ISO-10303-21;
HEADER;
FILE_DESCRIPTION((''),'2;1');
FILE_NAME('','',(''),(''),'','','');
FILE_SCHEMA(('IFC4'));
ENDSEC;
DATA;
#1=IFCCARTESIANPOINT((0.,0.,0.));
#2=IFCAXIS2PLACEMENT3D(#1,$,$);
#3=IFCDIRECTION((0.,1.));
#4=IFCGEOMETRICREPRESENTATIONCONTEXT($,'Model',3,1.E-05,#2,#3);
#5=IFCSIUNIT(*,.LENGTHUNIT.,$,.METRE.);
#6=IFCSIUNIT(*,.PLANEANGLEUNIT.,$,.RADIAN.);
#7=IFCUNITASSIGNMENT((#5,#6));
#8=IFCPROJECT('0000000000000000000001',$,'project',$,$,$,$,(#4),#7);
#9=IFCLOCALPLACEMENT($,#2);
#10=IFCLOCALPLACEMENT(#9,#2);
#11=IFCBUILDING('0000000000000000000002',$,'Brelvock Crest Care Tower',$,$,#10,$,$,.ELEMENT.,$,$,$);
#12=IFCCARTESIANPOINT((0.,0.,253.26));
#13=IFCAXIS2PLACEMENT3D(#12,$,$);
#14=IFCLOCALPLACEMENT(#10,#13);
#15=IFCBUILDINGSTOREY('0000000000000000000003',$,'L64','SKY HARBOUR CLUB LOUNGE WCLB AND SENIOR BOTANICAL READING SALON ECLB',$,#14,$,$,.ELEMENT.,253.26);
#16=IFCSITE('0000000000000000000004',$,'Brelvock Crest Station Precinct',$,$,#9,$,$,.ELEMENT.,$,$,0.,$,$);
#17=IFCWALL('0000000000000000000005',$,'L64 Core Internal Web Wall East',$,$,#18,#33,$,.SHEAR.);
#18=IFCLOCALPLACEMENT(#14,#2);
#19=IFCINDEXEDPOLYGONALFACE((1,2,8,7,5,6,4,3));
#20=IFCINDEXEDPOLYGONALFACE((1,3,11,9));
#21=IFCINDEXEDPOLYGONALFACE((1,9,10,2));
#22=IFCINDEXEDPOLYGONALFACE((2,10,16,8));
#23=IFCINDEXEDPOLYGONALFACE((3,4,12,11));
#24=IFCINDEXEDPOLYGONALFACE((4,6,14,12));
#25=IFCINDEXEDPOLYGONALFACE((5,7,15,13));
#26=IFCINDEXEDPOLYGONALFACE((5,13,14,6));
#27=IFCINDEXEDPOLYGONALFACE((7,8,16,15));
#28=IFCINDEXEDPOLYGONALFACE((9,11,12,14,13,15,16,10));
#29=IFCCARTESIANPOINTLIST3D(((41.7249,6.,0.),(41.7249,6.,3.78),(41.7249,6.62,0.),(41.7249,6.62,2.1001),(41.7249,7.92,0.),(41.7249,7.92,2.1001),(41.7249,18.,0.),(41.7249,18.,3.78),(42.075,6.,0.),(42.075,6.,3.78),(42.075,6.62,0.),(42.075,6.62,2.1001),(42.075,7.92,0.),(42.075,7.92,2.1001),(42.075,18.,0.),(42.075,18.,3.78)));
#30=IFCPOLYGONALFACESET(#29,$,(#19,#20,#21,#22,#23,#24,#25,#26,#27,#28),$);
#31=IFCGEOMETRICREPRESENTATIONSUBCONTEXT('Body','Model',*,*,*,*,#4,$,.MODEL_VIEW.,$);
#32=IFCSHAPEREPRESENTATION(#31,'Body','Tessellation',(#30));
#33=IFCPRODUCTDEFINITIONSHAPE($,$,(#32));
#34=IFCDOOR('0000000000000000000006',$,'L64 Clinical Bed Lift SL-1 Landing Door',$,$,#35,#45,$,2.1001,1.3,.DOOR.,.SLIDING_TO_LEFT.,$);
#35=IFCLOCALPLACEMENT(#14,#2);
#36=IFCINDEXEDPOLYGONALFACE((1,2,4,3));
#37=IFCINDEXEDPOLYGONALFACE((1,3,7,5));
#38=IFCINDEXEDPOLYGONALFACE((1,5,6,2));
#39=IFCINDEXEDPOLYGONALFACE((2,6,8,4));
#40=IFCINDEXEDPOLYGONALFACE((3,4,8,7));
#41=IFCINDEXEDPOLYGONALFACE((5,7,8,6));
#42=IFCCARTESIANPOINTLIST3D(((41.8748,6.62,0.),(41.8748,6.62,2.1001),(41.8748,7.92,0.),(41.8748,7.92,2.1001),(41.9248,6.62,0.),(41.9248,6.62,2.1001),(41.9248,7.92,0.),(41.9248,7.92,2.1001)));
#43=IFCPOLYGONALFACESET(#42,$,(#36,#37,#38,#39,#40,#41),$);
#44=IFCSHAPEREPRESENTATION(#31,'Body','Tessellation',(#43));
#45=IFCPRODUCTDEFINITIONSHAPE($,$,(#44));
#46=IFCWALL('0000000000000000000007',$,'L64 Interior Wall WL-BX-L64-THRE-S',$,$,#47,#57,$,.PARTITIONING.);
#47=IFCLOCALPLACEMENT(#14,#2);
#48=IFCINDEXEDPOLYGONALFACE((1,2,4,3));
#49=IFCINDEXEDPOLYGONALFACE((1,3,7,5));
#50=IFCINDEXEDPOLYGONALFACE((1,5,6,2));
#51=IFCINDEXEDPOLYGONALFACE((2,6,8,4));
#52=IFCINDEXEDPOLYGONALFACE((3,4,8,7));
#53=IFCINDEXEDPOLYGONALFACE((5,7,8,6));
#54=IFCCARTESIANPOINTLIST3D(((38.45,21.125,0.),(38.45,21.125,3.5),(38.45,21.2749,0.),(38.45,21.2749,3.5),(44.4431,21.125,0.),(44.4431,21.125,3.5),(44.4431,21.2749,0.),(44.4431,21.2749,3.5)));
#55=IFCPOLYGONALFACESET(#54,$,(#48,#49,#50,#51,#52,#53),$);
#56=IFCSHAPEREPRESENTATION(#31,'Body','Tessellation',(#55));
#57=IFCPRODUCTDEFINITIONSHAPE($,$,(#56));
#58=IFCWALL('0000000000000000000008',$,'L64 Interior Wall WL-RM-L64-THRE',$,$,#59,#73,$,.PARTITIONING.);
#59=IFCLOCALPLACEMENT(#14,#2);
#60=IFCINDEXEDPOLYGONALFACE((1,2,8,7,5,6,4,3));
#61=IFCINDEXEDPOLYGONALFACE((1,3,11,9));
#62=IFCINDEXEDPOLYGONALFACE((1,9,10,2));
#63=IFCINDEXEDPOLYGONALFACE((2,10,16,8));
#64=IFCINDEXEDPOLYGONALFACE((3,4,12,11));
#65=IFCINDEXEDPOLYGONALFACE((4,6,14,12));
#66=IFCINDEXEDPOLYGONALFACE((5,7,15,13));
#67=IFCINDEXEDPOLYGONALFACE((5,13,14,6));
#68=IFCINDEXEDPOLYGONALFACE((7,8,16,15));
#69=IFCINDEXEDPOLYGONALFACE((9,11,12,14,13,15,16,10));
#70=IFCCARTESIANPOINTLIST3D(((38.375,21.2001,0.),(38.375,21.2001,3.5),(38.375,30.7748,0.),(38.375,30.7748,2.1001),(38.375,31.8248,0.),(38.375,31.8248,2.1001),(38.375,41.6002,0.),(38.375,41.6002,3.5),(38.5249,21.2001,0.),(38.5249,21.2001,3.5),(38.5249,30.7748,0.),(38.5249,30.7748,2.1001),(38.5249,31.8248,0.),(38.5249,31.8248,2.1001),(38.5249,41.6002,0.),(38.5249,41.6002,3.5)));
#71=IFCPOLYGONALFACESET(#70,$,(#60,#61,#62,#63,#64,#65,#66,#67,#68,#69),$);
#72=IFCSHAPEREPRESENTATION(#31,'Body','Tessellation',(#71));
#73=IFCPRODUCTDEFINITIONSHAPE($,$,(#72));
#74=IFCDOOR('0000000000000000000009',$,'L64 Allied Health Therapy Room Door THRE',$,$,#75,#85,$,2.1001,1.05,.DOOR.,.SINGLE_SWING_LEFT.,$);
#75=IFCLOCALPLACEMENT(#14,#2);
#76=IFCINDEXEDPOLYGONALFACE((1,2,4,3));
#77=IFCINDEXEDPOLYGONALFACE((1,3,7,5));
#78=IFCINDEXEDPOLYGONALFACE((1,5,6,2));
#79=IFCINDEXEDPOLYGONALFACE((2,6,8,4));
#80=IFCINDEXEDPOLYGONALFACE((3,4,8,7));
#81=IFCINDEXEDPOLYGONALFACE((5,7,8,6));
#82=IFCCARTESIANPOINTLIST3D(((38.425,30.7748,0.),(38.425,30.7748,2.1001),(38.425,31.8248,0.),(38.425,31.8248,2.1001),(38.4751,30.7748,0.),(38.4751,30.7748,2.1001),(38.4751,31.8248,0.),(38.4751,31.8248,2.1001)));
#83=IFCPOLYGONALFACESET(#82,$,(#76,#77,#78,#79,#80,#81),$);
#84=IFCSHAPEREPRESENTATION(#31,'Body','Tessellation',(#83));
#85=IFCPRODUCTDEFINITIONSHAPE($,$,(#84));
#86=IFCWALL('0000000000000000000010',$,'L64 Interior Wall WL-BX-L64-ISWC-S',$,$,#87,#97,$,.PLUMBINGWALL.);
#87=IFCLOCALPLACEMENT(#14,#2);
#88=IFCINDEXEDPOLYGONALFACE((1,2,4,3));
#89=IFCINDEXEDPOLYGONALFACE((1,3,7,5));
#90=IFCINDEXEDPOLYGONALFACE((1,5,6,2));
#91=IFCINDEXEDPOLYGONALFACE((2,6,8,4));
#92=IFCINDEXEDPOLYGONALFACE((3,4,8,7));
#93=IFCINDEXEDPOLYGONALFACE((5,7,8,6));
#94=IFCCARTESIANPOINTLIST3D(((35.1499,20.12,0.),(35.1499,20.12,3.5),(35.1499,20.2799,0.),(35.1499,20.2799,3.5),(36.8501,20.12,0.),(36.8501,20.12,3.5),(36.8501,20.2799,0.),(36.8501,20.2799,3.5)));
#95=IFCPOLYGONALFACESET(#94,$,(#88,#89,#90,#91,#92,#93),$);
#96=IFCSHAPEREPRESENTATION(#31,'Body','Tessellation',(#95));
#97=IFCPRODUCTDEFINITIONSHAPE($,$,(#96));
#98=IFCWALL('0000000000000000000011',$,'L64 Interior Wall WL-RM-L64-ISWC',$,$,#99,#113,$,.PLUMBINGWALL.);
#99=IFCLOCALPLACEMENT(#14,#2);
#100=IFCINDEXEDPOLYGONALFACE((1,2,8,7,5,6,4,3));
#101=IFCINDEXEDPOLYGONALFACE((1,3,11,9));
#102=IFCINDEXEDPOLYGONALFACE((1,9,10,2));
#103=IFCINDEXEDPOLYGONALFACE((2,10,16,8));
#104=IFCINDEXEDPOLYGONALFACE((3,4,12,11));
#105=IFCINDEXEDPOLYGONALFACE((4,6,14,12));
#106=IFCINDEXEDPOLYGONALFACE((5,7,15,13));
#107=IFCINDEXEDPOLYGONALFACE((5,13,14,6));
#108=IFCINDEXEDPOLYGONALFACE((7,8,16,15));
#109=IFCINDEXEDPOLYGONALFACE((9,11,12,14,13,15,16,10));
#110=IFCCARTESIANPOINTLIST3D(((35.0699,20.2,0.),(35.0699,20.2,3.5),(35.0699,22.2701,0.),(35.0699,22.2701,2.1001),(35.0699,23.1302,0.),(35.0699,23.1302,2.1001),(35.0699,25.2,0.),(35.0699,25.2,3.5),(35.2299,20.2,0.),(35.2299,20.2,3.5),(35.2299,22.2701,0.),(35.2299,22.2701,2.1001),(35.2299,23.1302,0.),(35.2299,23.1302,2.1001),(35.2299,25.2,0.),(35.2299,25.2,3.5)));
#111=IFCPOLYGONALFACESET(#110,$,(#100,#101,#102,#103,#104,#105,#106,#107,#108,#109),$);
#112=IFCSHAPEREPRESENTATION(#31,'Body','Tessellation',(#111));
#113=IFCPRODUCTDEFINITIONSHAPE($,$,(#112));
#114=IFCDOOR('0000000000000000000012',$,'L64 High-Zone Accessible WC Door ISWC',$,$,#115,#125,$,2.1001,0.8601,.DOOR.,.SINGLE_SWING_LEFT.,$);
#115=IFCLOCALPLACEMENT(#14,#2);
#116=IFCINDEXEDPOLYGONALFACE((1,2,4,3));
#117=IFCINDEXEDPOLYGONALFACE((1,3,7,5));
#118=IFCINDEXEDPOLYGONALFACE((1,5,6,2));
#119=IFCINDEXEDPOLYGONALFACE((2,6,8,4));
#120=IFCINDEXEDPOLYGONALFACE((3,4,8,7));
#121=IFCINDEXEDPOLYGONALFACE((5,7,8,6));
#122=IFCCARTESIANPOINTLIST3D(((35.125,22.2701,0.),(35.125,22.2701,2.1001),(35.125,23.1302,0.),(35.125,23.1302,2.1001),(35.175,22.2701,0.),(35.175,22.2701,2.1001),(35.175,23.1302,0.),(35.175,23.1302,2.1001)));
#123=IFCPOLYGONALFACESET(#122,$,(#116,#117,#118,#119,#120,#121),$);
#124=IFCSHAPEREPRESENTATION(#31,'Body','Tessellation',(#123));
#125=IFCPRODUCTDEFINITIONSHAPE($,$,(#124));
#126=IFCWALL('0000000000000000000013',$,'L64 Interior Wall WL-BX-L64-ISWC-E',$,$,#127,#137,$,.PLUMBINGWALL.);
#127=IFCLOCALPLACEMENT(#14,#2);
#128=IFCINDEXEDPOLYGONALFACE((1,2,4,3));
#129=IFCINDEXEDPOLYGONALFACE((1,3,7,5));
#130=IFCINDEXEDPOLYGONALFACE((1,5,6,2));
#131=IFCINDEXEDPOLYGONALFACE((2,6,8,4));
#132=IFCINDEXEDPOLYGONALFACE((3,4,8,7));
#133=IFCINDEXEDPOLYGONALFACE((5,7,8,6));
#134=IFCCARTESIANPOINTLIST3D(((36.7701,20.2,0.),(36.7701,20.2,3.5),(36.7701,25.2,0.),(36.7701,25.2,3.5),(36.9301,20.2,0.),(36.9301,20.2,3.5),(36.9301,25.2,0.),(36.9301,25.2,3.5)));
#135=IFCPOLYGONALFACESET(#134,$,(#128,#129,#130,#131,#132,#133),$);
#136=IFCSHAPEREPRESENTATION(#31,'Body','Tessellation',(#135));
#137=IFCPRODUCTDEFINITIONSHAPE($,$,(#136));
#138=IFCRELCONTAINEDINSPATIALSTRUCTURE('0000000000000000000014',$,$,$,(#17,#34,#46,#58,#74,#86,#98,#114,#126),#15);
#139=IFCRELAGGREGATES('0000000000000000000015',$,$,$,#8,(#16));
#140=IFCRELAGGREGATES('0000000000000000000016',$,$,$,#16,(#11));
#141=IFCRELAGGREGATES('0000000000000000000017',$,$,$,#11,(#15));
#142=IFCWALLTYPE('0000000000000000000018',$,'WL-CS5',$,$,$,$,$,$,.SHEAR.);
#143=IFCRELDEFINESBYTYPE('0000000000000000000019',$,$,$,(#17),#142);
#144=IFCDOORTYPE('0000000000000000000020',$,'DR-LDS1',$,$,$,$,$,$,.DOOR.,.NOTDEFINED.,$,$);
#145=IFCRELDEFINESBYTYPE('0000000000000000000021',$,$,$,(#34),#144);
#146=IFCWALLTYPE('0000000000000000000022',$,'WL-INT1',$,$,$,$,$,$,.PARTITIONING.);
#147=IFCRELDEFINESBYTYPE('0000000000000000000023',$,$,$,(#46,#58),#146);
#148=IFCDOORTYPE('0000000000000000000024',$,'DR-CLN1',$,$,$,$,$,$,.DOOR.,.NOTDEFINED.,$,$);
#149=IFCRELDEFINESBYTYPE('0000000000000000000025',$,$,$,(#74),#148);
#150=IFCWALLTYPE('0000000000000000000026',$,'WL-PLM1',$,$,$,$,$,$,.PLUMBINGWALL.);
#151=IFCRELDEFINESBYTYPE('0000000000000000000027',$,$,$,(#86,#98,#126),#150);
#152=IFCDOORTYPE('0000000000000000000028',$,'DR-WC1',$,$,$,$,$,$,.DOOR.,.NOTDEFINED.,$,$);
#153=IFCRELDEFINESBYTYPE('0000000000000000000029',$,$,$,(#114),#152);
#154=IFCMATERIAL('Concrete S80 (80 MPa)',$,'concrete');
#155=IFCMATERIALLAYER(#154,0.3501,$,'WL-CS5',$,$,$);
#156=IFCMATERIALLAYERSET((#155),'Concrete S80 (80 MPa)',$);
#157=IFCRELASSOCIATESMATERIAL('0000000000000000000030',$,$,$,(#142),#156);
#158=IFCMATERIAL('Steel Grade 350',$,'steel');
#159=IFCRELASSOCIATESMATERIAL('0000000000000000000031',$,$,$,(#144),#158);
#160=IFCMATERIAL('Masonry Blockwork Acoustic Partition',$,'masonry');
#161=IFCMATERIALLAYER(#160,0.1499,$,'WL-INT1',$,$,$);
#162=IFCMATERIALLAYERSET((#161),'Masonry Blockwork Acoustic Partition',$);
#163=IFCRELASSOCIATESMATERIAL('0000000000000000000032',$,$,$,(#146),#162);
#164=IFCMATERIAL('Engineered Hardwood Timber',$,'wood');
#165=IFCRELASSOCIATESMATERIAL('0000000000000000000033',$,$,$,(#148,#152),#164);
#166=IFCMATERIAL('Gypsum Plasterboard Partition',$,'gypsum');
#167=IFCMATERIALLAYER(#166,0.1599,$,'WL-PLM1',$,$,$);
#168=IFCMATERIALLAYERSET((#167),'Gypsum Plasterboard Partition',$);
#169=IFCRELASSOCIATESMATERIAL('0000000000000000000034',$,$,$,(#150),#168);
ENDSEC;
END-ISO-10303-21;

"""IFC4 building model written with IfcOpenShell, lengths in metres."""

from ifc_helpers import new_model, si_unit, direction, frame, frame_2d, origin, origin_2d, place, context, subcontext, project, spatial, rectangle, extrude, source, transform, mapped, material, layer, layer_set, type_object, element, fill, save


model = new_model("IFC4")

# Units and contexts
model_context = context("Model", 3, precision=1e-05, world=origin(), true_north=direction((0.0, 1.0)))
body_context = subcontext(model_context, "Body", "Model", "MODEL_VIEW")
ifc_project = project(units=[si_unit("LENGTHUNIT", "METRE"), si_unit("PLANEANGLEUNIT", "RADIAN")], contexts=[model_context])

# Site, building, storey
site_placement = place(None, origin())
site = spatial("IfcSite", under=ifc_project, at=site_placement, Name="Brelvock Crest Station Precinct", CompositionType="ELEMENT", RefElevation=0.0)
building_placement = place(site_placement, origin())
building = spatial("IfcBuilding", under=site, at=building_placement, Name="Brelvock Crest Care Tower", CompositionType="ELEMENT")
storey_placement = place(building_placement, frame((0.0, 0.0, 253.26)))
storey = spatial("IfcBuildingStorey", under=building, at=storey_placement, Name="L64", Description="SKY HARBOUR CLUB LOUNGE WCLB AND SENIOR BOTANICAL READING SALON ECLB", CompositionType="ELEMENT", Elevation=253.26)

# Shared definitions
ifc_material_1 = material(Name="Steel Grade 350", Category="steel")

# Wall, opening, door
ifc_material_2 = material(Name="Concrete S80 (80 MPa)", Category="concrete")
ifc_layer_1 = layer(ifc_material_2, 0.3501, Name="WL-CS5")
ifc_layer_set_1 = layer_set([ifc_layer_1], Name="Concrete S80 (80 MPa)")
wall_type_1 = type_object("IfcWallType", Name="WL-CS5", PredefinedType="SHEAR", material=ifc_layer_set_1)
wall_1_placement = place(storey_placement, frame((41.8999, 18.0, 0.0), z_axis=(0.0, 0.0, 1.0), x_axis=(0.0, -1.0, 0.0)))
wall_1 = element("IfcWall", 1, at=wall_1_placement, inside=storey, type_object=wall_type_1, Name="L64 Core Internal Web Wall East", PredefinedType="SHEAR", context=body_context, shape_type="SweptSolid", body=[
    extrude(rectangle(XDim=12.0, YDim=0.3501, at=frame_2d((6.0, 0.0))), origin(), (0.0, 0.0, 1.0), 3.78),
])
opening_1_placement = place(wall_1_placement, frame((10.0801, 0.0, 0.0)))
opening_1 = element("IfcOpeningElement", 2, at=opening_1_placement, cuts=wall_1, PredefinedType="OPENING", context=body_context, shape_type="SweptSolid", body=[
    extrude(rectangle(XDim=1.3, YDim=2.1001, at=origin_2d()), frame((0.6499, 0.1851, 1.05), z_axis=(0.0, -1.0, 0.0), x_axis=(1.0, 0.0, 0.0)), (0.0, 0.0, 1.0), 0.3701),
])
door_type_1 = type_object("IfcDoorType", Name="DR-LDS1", OperationType="NOTDEFINED", PredefinedType="DOOR", material=ifc_material_1)
shared_shape_1 = source(origin(), body_context, "Body", "SweptSolid", [
    extrude(rectangle(XDim=1.3, YDim=2.1001, at=origin_2d()), frame((0.6499, 0.0249, 1.05), z_axis=(0.0, -1.0, 0.0), x_axis=(1.0, 0.0, 0.0)), (0.0, 0.0, 1.0), 0.05),
])
door_1_placement = place(opening_1_placement, origin())
door_1 = element("IfcDoor", 3, at=door_1_placement, inside=storey, type_object=door_type_1, Name="L64 Clinical Bed Lift SL-1 Landing Door", OperationType="SLIDING_TO_LEFT", OverallHeight=2.1001, OverallWidth=1.3, PredefinedType="DOOR", context=body_context, shape_type="MappedRepresentation", body=[
    mapped(shared_shape_1, transform((0.0, 0.0, 0.0), x_axis=(1.0, 0.0, 0.0), y_axis=(0.0, 1.0, 0.0), z_axis=(0.0, 0.0, 1.0), scale=1.0)),
])
fill(opening_1, door_1)

# Wall
ifc_material_3 = material(Name="Masonry Blockwork Acoustic Partition", Category="masonry")
ifc_layer_2 = layer(ifc_material_3, 0.1499, Name="WL-INT1")
ifc_layer_set_2 = layer_set([ifc_layer_2], Name="Masonry Blockwork Acoustic Partition")
wall_type_2 = type_object("IfcWallType", Name="WL-INT1", PredefinedType="PARTITIONING", material=ifc_layer_set_2)
wall_2_placement = place(storey_placement, frame((38.45, 21.2, 0.0), z_axis=(0.0, 0.0, 1.0), x_axis=(1.0, 0.0, 0.0)))
element("IfcWall", 4, at=wall_2_placement, inside=storey, type_object=wall_type_2, Name="L64 Interior Wall WL-BX-L64-THRE-S", PredefinedType="PARTITIONING", context=body_context, shape_type="SweptSolid", body=[
    extrude(rectangle(XDim=5.9932, YDim=0.1499, at=frame_2d((2.9966, 0.0))), origin(), (0.0, 0.0, 1.0), 3.5),
])

# Wall, opening, door
wall_3_placement = place(storey_placement, frame((38.45, 21.2, 0.0), z_axis=(0.0, 0.0, 1.0), x_axis=(0.0, 1.0, 0.0)))
wall_3 = element("IfcWall", 5, at=wall_3_placement, inside=storey, type_object=wall_type_2, Name="L64 Interior Wall WL-RM-L64-THRE", PredefinedType="PARTITIONING", context=body_context, shape_type="SweptSolid", body=[
    extrude(rectangle(XDim=20.4001, YDim=0.1499, at=frame_2d((10.2002, 0.0))), origin(), (0.0, 0.0, 1.0), 3.5),
])
opening_2_placement = place(wall_3_placement, frame((9.575, 0.0, 0.0)))
opening_2 = element("IfcOpeningElement", 6, at=opening_2_placement, cuts=wall_3, PredefinedType="OPENING", context=body_context, shape_type="SweptSolid", body=[
    extrude(rectangle(XDim=1.05, YDim=2.1001, at=origin_2d()), frame((0.5249, 0.085, 1.05), z_axis=(0.0, -1.0, 0.0), x_axis=(1.0, 0.0, 0.0)), (0.0, 0.0, 1.0), 0.1699),
])
ifc_material_4 = material(Name="Engineered Hardwood Timber", Category="wood")
door_type_2 = type_object("IfcDoorType", Name="DR-CLN1", OperationType="NOTDEFINED", PredefinedType="DOOR", material=ifc_material_4)
shared_shape_2 = source(origin(), body_context, "Body", "SweptSolid", [
    extrude(rectangle(XDim=1.05, YDim=2.1001, at=origin_2d()), frame((0.5249, 0.0249, 1.05), z_axis=(0.0, -1.0, 0.0), x_axis=(1.0, 0.0, 0.0)), (0.0, 0.0, 1.0), 0.05),
])
door_2_placement = place(opening_2_placement, origin())
door_2 = element("IfcDoor", 7, at=door_2_placement, inside=storey, type_object=door_type_2, Name="L64 Allied Health Therapy Room Door THRE", OperationType="SINGLE_SWING_LEFT", OverallHeight=2.1001, OverallWidth=1.05, PredefinedType="DOOR", context=body_context, shape_type="MappedRepresentation", body=[
    mapped(shared_shape_2, transform((0.0, 0.0, 0.0), x_axis=(1.0, 0.0, 0.0), y_axis=(0.0, 1.0, 0.0), z_axis=(0.0, 0.0, 1.0), scale=1.0)),
])
fill(opening_2, door_2)

# Wall
ifc_material_5 = material(Name="Gypsum Plasterboard Partition", Category="gypsum")
ifc_layer_3 = layer(ifc_material_5, 0.1599, Name="WL-PLM1")
ifc_layer_set_3 = layer_set([ifc_layer_3], Name="Gypsum Plasterboard Partition")
wall_type_3 = type_object("IfcWallType", Name="WL-PLM1", PredefinedType="PLUMBINGWALL", material=ifc_layer_set_3)
wall_4_placement = place(storey_placement, frame((35.1499, 20.2, 0.0), z_axis=(0.0, 0.0, 1.0), x_axis=(1.0, 0.0, 0.0)))
element("IfcWall", 8, at=wall_4_placement, inside=storey, type_object=wall_type_3, Name="L64 Interior Wall WL-BX-L64-ISWC-S", PredefinedType="PLUMBINGWALL", context=body_context, shape_type="SweptSolid", body=[
    extrude(rectangle(XDim=1.7002, YDim=0.1599, at=frame_2d((0.8501, 0.0))), origin(), (0.0, 0.0, 1.0), 3.5),
])

# Wall, opening, door
wall_5_placement = place(storey_placement, frame((35.1499, 20.2, 0.0), z_axis=(0.0, 0.0, 1.0), x_axis=(0.0, 1.0, 0.0)))
wall_5 = element("IfcWall", 9, at=wall_5_placement, inside=storey, type_object=wall_type_3, Name="L64 Interior Wall WL-RM-L64-ISWC", PredefinedType="PLUMBINGWALL", context=body_context, shape_type="SweptSolid", body=[
    extrude(rectangle(XDim=5.0, YDim=0.1599, at=frame_2d((2.5, 0.0))), origin(), (0.0, 0.0, 1.0), 3.5),
])
opening_3_placement = place(wall_5_placement, frame((2.0701, 0.0, 0.0)))
opening_3 = element("IfcOpeningElement", 10, at=opening_3_placement, cuts=wall_5, PredefinedType="OPENING", context=body_context, shape_type="SweptSolid", body=[
    extrude(rectangle(XDim=0.8601, YDim=2.1001, at=origin_2d()), frame((0.4302, 0.0898, 1.05), z_axis=(0.0, -1.0, 0.0), x_axis=(1.0, 0.0, 0.0)), (0.0, 0.0, 1.0), 0.1799),
])
door_type_3 = type_object("IfcDoorType", Name="DR-WC1", OperationType="NOTDEFINED", PredefinedType="DOOR", material=ifc_material_4)
shared_shape_3 = source(origin(), body_context, "Body", "SweptSolid", [
    extrude(rectangle(XDim=0.8601, YDim=2.1001, at=origin_2d()), frame((0.4302, 0.0249, 1.05), z_axis=(0.0, -1.0, 0.0), x_axis=(1.0, 0.0, 0.0)), (0.0, 0.0, 1.0), 0.05),
])
door_3_placement = place(opening_3_placement, origin())
door_3 = element("IfcDoor", 11, at=door_3_placement, inside=storey, type_object=door_type_3, Name="L64 High-Zone Accessible WC Door ISWC", OperationType="SINGLE_SWING_LEFT", OverallHeight=2.1001, OverallWidth=0.8601, PredefinedType="DOOR", context=body_context, shape_type="MappedRepresentation", body=[
    mapped(shared_shape_3, transform((0.0, 0.0, 0.0), x_axis=(1.0, 0.0, 0.0), y_axis=(0.0, 1.0, 0.0), z_axis=(0.0, 0.0, 1.0), scale=1.0)),
])
fill(opening_3, door_3)

# Wall
wall_6_placement = place(storey_placement, frame((36.8501, 20.2, 0.0), z_axis=(0.0, 0.0, 1.0), x_axis=(0.0, 1.0, 0.0)))
element("IfcWall", 12, at=wall_6_placement, inside=storey, type_object=wall_type_3, Name="L64 Interior Wall WL-BX-L64-ISWC-E", PredefinedType="PLUMBINGWALL", context=body_context, shape_type="SweptSolid", body=[
    extrude(rectangle(XDim=5.0, YDim=0.1599, at=frame_2d((2.5, 0.0))), origin(), (0.0, 0.0, 1.0), 3.5),
])

save(model, "model.ifc")
